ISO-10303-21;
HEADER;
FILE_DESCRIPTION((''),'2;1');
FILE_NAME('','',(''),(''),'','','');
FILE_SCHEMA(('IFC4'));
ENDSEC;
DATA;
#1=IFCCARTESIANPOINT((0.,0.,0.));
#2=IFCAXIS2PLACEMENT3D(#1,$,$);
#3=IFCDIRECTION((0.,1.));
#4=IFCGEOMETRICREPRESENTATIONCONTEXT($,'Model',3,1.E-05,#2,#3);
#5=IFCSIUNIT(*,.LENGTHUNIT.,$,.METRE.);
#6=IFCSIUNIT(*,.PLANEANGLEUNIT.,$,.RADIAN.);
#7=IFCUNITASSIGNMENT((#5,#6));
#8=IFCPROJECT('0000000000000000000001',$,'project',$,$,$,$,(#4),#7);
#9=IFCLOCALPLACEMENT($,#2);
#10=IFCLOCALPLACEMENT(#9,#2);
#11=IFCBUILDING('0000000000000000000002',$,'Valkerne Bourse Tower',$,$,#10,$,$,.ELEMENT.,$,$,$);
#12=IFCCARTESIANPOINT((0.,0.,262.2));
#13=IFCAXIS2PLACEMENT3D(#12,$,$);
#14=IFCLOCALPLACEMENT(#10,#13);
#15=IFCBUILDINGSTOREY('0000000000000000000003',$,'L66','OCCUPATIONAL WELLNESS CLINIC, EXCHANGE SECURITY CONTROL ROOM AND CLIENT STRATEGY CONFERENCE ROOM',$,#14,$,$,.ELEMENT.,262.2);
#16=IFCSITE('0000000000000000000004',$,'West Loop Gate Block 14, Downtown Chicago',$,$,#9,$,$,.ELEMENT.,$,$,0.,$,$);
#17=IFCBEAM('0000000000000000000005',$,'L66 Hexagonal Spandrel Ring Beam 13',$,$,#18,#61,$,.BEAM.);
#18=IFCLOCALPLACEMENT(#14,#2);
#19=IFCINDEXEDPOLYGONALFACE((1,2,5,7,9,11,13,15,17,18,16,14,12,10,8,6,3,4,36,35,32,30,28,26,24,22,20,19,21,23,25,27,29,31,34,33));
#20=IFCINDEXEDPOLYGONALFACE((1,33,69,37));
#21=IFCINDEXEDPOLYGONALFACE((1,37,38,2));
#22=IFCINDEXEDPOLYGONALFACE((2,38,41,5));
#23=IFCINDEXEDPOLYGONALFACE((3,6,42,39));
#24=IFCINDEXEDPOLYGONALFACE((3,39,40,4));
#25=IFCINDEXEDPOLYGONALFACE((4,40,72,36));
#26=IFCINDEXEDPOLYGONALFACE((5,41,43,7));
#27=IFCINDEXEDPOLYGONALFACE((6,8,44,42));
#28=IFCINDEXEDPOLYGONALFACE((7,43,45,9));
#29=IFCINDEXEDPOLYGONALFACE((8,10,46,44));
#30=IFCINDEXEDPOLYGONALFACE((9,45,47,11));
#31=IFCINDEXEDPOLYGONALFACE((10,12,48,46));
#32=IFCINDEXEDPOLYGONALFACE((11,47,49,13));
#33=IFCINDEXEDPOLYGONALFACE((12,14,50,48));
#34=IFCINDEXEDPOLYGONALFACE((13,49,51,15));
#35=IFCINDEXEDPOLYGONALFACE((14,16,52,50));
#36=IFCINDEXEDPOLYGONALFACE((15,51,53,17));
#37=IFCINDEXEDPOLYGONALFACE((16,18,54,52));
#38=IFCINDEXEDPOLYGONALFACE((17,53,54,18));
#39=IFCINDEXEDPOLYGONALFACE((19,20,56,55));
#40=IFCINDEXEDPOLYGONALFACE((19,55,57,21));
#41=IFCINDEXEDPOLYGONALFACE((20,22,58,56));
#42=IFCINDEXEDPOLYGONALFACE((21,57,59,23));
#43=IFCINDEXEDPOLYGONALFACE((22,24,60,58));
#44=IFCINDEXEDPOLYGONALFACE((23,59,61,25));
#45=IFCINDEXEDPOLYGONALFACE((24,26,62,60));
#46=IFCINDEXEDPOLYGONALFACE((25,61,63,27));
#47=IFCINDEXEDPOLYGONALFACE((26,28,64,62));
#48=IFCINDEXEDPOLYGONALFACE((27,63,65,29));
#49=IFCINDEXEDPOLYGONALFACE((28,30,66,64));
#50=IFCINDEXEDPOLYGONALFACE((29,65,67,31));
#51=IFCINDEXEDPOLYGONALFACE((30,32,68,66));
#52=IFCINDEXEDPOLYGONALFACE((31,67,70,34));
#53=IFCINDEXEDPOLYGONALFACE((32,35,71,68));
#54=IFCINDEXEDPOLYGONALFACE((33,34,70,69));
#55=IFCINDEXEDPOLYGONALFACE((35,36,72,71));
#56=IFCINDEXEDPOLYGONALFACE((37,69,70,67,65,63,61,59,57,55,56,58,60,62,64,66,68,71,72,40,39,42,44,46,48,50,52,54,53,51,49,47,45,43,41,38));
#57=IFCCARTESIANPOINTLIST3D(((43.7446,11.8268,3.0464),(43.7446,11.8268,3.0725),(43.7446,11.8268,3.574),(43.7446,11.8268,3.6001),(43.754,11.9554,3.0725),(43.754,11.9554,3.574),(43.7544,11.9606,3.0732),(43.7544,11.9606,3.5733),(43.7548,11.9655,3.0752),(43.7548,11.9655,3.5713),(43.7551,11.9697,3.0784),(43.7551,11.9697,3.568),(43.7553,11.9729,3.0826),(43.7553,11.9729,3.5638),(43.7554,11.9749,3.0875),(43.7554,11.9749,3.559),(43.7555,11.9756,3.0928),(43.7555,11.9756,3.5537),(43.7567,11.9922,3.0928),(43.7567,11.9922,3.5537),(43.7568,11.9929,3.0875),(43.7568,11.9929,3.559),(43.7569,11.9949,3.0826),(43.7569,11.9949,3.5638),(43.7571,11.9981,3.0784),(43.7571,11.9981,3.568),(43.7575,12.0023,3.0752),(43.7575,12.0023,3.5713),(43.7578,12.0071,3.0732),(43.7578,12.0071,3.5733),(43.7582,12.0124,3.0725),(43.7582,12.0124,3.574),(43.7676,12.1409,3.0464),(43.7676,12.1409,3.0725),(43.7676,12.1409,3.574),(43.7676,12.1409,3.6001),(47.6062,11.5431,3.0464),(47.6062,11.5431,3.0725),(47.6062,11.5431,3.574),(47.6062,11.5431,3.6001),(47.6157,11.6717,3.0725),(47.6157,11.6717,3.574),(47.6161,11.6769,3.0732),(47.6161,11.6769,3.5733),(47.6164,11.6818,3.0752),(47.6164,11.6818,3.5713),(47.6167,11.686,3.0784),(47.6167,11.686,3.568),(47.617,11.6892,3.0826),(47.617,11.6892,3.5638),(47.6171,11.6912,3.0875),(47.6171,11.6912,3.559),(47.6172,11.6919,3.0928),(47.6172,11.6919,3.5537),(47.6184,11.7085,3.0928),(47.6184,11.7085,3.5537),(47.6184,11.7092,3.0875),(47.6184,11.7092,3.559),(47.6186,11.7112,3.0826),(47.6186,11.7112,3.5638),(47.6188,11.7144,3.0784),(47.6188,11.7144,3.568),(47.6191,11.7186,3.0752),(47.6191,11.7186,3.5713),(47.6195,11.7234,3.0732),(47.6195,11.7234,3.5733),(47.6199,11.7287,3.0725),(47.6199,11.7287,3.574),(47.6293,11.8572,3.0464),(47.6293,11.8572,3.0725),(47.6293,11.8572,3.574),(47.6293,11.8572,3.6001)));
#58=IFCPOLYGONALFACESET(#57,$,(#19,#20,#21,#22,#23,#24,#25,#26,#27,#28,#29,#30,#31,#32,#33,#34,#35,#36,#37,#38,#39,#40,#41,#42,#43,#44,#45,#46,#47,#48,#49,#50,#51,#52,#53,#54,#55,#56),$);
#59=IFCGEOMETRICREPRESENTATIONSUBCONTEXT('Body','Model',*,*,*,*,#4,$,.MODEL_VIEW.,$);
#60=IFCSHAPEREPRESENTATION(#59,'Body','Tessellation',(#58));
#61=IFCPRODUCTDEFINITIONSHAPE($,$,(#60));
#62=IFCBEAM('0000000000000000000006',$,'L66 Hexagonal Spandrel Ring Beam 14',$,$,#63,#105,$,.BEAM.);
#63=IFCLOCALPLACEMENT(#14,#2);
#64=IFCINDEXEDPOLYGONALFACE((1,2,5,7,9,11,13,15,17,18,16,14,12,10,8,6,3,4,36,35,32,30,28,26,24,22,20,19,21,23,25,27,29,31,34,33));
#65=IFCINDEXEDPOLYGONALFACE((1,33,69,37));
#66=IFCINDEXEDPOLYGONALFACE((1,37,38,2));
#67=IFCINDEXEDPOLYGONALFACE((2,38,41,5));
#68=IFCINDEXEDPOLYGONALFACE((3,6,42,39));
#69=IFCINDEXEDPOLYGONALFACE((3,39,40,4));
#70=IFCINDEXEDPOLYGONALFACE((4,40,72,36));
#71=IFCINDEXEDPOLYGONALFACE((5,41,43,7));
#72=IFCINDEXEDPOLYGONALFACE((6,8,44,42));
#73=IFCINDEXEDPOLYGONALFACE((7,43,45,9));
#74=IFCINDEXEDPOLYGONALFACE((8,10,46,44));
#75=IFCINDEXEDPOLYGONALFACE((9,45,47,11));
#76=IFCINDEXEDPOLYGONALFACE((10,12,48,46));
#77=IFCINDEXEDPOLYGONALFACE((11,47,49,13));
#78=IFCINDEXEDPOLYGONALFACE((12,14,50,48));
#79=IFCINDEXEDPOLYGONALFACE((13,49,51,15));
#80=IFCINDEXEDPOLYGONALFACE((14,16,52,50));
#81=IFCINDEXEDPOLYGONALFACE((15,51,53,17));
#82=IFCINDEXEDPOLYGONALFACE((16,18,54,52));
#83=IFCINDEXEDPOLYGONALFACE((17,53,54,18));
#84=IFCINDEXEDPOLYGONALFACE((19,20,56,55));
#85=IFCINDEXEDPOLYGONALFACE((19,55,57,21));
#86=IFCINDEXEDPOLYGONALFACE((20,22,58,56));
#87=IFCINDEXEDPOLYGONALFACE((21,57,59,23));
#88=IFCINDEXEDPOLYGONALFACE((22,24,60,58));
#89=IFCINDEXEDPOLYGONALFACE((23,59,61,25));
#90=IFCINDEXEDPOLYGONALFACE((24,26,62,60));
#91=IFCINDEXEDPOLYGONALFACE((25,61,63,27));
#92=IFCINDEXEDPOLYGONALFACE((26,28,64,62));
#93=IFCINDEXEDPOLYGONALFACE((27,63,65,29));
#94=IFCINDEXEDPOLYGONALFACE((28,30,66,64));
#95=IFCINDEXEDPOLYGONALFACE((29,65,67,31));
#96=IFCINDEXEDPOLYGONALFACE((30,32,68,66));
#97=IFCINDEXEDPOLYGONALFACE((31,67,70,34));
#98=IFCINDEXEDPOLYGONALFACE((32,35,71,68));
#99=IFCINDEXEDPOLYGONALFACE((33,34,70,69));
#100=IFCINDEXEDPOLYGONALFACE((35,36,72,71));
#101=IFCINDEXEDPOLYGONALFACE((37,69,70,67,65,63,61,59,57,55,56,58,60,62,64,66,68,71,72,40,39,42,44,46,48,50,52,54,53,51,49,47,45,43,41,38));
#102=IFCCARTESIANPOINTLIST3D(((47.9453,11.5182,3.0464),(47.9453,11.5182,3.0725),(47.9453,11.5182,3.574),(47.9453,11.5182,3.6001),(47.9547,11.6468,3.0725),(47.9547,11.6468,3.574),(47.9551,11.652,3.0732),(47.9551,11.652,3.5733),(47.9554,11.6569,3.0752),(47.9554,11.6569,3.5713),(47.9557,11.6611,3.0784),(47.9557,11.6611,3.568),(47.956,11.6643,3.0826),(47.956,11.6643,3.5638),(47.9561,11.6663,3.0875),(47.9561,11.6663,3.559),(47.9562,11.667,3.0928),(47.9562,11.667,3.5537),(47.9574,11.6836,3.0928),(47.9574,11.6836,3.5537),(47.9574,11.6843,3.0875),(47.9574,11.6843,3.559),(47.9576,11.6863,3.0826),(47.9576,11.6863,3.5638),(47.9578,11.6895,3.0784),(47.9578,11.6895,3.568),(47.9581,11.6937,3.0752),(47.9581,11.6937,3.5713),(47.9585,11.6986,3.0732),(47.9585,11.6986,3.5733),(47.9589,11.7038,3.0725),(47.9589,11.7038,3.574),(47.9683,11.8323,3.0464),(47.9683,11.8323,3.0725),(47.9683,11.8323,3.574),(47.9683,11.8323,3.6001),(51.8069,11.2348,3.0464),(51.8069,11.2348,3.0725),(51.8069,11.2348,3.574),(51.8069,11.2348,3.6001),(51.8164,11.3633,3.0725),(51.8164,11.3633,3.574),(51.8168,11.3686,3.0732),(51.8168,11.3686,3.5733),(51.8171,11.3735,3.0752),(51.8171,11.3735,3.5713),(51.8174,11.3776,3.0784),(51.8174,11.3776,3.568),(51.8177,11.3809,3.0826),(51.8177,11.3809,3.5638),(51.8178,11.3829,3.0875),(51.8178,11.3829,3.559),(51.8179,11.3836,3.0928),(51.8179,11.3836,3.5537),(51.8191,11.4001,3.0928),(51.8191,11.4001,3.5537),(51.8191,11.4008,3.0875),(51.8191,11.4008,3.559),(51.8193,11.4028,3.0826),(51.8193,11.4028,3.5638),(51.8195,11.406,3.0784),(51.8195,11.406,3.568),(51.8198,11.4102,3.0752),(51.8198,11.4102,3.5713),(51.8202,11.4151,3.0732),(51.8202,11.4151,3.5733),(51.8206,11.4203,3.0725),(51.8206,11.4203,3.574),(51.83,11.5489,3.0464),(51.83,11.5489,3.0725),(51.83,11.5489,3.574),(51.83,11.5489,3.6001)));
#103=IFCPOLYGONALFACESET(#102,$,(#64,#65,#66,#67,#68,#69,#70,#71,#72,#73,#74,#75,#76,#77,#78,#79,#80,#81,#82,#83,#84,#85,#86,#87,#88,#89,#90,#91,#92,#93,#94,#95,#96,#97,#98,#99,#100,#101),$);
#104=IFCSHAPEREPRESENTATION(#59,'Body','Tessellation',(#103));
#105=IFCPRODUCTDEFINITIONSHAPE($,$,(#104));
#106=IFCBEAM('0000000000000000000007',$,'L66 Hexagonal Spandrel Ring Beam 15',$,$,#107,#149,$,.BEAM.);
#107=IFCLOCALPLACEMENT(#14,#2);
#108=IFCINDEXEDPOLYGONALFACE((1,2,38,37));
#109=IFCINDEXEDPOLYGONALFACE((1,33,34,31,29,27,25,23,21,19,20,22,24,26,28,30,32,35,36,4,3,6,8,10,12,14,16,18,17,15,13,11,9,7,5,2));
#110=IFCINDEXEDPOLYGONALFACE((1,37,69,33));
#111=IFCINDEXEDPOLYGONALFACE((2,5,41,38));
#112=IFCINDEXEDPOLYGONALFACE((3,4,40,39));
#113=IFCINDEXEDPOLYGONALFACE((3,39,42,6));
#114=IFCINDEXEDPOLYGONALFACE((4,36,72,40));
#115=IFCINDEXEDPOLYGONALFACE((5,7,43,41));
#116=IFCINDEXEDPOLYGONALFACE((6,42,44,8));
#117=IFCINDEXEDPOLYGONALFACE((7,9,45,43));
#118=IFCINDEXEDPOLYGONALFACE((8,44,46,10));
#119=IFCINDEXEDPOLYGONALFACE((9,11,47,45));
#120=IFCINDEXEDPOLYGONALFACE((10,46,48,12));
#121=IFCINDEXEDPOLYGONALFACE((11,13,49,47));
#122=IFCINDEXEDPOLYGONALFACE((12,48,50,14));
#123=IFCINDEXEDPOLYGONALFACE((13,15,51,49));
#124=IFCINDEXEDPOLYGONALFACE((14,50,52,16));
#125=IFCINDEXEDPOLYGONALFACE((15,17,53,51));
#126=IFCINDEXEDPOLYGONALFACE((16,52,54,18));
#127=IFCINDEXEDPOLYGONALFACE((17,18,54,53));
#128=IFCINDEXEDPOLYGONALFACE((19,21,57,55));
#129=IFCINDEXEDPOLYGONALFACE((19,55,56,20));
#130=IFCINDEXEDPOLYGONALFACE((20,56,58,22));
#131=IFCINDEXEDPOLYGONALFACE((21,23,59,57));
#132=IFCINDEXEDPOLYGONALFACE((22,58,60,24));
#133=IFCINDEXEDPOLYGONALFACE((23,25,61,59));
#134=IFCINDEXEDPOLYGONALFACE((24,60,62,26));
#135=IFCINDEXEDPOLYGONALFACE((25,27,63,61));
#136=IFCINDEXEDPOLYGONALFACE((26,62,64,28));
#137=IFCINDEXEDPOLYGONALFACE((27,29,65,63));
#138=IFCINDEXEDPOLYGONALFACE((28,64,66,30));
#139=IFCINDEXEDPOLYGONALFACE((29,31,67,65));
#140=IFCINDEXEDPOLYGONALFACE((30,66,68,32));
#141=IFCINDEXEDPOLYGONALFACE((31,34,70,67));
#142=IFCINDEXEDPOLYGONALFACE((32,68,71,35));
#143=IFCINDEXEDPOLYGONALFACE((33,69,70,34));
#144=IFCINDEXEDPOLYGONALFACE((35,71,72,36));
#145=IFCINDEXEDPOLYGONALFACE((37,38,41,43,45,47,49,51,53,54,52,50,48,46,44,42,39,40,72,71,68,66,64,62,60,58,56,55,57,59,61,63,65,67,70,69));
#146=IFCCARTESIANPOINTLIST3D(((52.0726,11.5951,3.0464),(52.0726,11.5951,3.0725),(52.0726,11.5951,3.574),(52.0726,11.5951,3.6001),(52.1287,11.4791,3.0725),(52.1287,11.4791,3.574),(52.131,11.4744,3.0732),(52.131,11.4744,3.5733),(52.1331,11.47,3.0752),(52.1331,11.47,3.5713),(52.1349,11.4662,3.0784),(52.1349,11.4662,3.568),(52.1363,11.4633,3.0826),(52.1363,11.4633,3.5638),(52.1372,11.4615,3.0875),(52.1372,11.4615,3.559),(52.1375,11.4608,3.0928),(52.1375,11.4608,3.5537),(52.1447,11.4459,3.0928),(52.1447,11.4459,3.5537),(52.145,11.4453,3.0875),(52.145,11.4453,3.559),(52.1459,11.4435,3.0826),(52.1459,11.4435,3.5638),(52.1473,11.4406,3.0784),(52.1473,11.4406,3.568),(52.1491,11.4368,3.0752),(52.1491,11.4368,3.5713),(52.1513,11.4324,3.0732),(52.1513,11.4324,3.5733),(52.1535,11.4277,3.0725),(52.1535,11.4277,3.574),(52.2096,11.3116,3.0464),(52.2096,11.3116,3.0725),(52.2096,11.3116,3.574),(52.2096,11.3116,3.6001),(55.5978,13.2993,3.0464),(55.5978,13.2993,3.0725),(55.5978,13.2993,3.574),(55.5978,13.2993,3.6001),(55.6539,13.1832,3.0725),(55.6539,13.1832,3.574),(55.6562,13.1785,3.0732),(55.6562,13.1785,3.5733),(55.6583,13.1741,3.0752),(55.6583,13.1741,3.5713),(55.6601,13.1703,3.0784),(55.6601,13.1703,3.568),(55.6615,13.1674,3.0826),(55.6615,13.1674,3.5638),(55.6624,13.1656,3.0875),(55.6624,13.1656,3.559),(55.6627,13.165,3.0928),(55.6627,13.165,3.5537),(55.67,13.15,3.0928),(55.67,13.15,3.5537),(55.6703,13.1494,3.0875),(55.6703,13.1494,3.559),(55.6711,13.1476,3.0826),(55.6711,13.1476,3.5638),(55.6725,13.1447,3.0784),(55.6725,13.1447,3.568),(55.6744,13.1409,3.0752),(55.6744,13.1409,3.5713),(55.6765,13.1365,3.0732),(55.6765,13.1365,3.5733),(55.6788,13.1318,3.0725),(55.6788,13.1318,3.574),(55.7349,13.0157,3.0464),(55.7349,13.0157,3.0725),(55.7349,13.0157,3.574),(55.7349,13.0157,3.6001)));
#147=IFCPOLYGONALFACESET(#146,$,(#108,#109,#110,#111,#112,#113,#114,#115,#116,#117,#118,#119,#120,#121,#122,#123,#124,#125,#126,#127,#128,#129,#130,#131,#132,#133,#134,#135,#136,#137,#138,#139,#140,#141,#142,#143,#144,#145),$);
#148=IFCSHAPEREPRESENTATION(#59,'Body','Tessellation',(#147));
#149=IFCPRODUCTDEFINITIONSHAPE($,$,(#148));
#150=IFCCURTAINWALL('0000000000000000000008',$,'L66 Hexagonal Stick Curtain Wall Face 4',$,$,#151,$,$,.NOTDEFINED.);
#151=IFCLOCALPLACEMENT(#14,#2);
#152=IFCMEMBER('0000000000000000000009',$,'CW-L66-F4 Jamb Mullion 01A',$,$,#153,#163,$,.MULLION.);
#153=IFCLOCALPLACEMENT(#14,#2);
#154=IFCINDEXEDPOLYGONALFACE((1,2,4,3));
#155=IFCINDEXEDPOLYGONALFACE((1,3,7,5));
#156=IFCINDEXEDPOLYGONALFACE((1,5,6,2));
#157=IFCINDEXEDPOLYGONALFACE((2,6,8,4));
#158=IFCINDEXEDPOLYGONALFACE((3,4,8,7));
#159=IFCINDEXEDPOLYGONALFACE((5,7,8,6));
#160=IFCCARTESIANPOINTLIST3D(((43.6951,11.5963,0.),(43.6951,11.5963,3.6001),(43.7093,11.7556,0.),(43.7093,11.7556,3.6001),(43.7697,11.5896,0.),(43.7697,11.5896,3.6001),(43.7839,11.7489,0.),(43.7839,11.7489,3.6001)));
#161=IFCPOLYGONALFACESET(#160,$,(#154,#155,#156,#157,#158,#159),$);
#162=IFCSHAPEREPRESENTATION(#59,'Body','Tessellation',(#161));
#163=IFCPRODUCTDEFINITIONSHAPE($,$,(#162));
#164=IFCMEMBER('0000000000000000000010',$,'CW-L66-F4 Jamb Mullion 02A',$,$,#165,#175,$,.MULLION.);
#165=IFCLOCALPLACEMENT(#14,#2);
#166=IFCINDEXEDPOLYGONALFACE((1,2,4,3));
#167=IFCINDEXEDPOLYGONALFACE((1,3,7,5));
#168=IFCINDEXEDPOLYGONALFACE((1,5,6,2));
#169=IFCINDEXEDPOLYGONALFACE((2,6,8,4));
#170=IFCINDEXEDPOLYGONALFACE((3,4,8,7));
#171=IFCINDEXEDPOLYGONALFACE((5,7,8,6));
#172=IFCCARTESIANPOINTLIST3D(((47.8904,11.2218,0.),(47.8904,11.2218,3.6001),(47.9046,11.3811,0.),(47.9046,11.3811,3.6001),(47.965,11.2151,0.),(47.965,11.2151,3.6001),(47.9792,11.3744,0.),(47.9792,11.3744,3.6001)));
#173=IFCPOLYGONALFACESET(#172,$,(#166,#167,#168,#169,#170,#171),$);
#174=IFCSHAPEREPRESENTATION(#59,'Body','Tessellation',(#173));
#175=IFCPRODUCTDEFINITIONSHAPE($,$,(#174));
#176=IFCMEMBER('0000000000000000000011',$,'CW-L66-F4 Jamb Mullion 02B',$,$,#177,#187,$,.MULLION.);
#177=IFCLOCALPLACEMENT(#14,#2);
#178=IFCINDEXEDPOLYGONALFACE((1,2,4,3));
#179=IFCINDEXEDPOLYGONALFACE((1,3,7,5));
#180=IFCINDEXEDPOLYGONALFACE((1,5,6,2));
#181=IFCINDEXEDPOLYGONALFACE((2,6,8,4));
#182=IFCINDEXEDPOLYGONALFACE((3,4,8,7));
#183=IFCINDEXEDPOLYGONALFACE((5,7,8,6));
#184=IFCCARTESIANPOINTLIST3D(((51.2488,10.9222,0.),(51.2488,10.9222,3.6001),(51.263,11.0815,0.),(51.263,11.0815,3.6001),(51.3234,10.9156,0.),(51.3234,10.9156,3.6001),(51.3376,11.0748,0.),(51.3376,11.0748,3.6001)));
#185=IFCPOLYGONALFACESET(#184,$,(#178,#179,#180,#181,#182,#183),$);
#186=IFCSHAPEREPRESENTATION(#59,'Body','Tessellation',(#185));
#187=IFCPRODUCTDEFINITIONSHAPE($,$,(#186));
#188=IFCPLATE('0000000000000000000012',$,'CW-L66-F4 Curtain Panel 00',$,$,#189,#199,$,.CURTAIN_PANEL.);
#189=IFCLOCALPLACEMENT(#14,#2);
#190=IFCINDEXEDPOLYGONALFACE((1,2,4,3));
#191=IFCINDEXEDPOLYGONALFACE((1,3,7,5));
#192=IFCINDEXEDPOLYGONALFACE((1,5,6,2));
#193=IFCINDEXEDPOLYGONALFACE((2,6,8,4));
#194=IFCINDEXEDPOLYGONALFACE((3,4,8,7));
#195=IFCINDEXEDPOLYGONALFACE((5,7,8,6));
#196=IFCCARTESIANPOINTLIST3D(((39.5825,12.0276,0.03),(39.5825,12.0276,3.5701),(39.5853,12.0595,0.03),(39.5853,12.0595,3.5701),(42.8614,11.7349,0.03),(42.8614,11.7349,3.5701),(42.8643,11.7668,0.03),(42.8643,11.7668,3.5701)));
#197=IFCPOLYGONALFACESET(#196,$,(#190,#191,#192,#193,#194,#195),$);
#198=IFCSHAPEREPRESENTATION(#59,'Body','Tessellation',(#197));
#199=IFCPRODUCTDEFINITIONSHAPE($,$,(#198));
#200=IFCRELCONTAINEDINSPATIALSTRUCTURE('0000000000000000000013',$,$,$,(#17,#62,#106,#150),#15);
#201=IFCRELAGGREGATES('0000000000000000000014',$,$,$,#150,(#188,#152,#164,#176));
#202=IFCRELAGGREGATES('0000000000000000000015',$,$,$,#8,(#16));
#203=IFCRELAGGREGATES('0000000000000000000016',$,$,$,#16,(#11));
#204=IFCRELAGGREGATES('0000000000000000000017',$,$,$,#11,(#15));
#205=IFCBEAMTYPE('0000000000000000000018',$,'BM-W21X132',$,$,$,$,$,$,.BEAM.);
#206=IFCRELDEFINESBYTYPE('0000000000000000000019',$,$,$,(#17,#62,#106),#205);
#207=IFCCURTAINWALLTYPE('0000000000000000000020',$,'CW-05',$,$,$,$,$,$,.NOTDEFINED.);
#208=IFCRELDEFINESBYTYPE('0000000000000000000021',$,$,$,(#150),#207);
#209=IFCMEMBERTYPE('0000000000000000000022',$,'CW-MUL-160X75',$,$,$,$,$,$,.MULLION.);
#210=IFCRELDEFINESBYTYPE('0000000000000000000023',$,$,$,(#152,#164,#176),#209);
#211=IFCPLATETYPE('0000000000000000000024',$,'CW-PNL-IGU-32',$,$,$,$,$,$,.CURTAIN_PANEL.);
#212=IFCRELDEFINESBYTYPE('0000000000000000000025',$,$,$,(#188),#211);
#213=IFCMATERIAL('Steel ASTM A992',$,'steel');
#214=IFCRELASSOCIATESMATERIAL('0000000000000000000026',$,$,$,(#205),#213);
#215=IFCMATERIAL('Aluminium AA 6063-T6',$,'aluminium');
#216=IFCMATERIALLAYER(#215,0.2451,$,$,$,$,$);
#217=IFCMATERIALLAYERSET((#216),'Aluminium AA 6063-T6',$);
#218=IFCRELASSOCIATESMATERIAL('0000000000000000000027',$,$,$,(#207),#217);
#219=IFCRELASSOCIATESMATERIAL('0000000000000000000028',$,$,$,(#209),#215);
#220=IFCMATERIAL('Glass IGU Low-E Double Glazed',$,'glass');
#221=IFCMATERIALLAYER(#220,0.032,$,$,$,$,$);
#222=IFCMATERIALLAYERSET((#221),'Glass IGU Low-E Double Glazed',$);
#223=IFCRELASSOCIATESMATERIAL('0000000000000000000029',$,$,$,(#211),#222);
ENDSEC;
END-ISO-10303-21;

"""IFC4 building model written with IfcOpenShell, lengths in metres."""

from ifc_helpers import new_model, si_unit, direction, frame, origin, origin_2d, place, context, subcontext, project, spatial, rectangle, i_section, extrude, material, layer, layer_set, material_profile, profile_set, type_object, element, aggregate, save


model = new_model("IFC4")

# Units and contexts
model_context = context("Model", 3, precision=1e-05, world=origin(), true_north=direction((0.0, 1.0)))
body_context = subcontext(model_context, "Body", "Model", "MODEL_VIEW")
ifc_project = project(units=[si_unit("LENGTHUNIT", "METRE"), si_unit("PLANEANGLEUNIT", "RADIAN")], contexts=[model_context])

# Site, building, storey
site_placement = place(None, origin())
site = spatial("IfcSite", under=ifc_project, at=site_placement, Name="West Loop Gate Block 14, Downtown Chicago", CompositionType="ELEMENT", RefElevation=0.0)
building_placement = place(site_placement, origin())
building = spatial("IfcBuilding", under=site, at=building_placement, Name="Valkerne Bourse Tower", CompositionType="ELEMENT")
storey_placement = place(building_placement, frame((0.0, 0.0, 262.2)))
storey = spatial("IfcBuildingStorey", under=building, at=storey_placement, Name="L66", Description="OCCUPATIONAL WELLNESS CLINIC, EXCHANGE SECURITY CONTROL ROOM AND CLIENT STRATEGY CONFERENCE ROOM", CompositionType="ELEMENT", Elevation=262.2)

# Beams
ifc_material_1 = material(Name="Steel ASTM A992", Category="steel")
ifc_material_profile_1 = material_profile(ifc_material_1, i_section(OverallWidth=0.3149, OverallDepth=0.5537, WebThickness=0.0166, FlangeThickness=0.0261, FilletRadius=0.0203, at=origin_2d()), Name="W21X132")
ifc_profile_set_1 = profile_set([ifc_material_profile_1], Name="Steel ASTM A992")
beam_type_1 = type_object("IfcBeamType", Name="BM-W21X132", PredefinedType="BEAM", material=ifc_profile_set_1)
for number, where, z_axis, x_axis, name in (
    (1, (43.7561, 11.9839, 3.3232), (0.997312, -0.073268, 0.0), (0.073268, 0.997312, 0.0), "L66 Hexagonal Spandrel Ring Beam 13"),
    (2, (47.9568, 11.6753, 3.3232), (0.997317, -0.073205, 0.0), (0.073205, 0.997317, 0.0), "L66 Hexagonal Spandrel Ring Beam 14"),
):
    element("IfcBeam", number, at=place(storey_placement, frame(where, z_axis=z_axis, x_axis=x_axis)), inside=storey, type_object=beam_type_1, Name=name, PredefinedType="BEAM", context=body_context, shape_type="SweptSolid", body=[
        extrude(i_section(OverallWidth=0.3149, OverallDepth=0.5537, WebThickness=0.0166, FlangeThickness=0.0261, FilletRadius=0.0203, at=origin_2d()), origin(), (0.0, 0.0, 1.0), 3.8721),
    ])
beam_1_placement = place(storey_placement, frame((52.1411, 11.4534, 3.3232), z_axis=(0.900321, 0.435227, 0.0), x_axis=(-0.435227, 0.900321, 0.0)))
element("IfcBeam", 3, at=beam_1_placement, inside=storey, type_object=beam_type_1, Name="L66 Hexagonal Spandrel Ring Beam 15", PredefinedType="BEAM", context=body_context, shape_type="SweptSolid", body=[
    extrude(i_section(OverallWidth=0.3149, OverallDepth=0.5537, WebThickness=0.0166, FlangeThickness=0.0261, FilletRadius=0.0203, at=origin_2d()), origin(), (0.0, 0.0, 1.0), 3.9155),
])

# Curtain wall, members, plate
ifc_material_2 = material(Name="Aluminium AA 6063-T6", Category="aluminium")
ifc_layer_1 = layer(ifc_material_2, 0.2451)
ifc_layer_set_1 = layer_set([ifc_layer_1], Name="Aluminium AA 6063-T6")
curtain_wall_type = type_object("IfcCurtainWallType", Name="CW-05", PredefinedType="NOTDEFINED", material=ifc_layer_set_1)
curtain_wall_placement = place(storey_placement, origin())
curtain_wall = element("IfcCurtainWall", 4, at=curtain_wall_placement, inside=storey, type_object=curtain_wall_type, Name="L66 Hexagonal Stick Curtain Wall Face 4", PredefinedType="NOTDEFINED")
ifc_material_profile_2 = material_profile(ifc_material_2, rectangle(XDim=0.075, YDim=0.1599, at=origin_2d()), Name="CWM-75X160")
ifc_profile_set_2 = profile_set([ifc_material_profile_2], Name="Aluminium AA 6063-T6")
member_type = type_object("IfcMemberType", Name="CW-MUL-160X75", PredefinedType="MULLION", material=ifc_profile_set_2)
member_1_placement = place(storey_placement, frame((43.7395, 11.6726, 0.0), z_axis=(0.0, 0.0, 1.0), x_axis=(0.996041, -0.088889, 0.0)))
member_1 = element("IfcMember", 5, at=member_1_placement, type_object=member_type, Name="CW-L66-F4 Jamb Mullion 01A", PredefinedType="MULLION", context=body_context, shape_type="SweptSolid", body=[
    extrude(rectangle(XDim=0.075, YDim=0.1599, at=origin_2d()), origin(), (0.0, 0.0, 1.0), 3.6001),
])
member_2_placement = place(storey_placement, frame((47.9348, 11.2981, 0.0), z_axis=(0.0, 0.0, 1.0), x_axis=(0.996041, -0.088889, 0.0)))
member_2 = element("IfcMember", 6, at=member_2_placement, type_object=member_type, Name="CW-L66-F4 Jamb Mullion 02A", PredefinedType="MULLION", context=body_context, shape_type="SweptSolid", body=[
    extrude(rectangle(XDim=0.075, YDim=0.1599, at=origin_2d()), origin(), (0.0, 0.0, 1.0), 3.6001),
])
member_3_placement = place(storey_placement, frame((51.2932, 10.9985, 0.0), z_axis=(0.0, 0.0, 1.0), x_axis=(0.996041, -0.088889, 0.0)))
member_3 = element("IfcMember", 7, at=member_3_placement, type_object=member_type, Name="CW-L66-F4 Jamb Mullion 02B", PredefinedType="MULLION", context=body_context, shape_type="SweptSolid", body=[
    extrude(rectangle(XDim=0.075, YDim=0.1599, at=origin_2d()), origin(), (0.0, 0.0, 1.0), 3.6001),
])
ifc_material_3 = material(Name="Glass IGU Low-E Double Glazed", Category="glass")
ifc_layer_2 = layer(ifc_material_3, 0.032)
ifc_layer_set_2 = layer_set([ifc_layer_2], Name="Glass IGU Low-E Double Glazed")
plate_type = type_object("IfcPlateType", Name="CW-PNL-IGU-32", PredefinedType="CURTAIN_PANEL", material=ifc_layer_set_2)
plate_1_placement = place(storey_placement, frame((41.2234, 11.8972, 0.03), z_axis=(0.0, 0.0, 1.0), x_axis=(0.99604, -0.088911, 0.0)))
plate_1 = element("IfcPlate", 8, at=plate_1_placement, type_object=plate_type, Name="CW-L66-F4 Curtain Panel 00", PredefinedType="CURTAIN_PANEL", context=body_context, shape_type="SweptSolid", body=[
    extrude(rectangle(XDim=3.292, YDim=0.032, at=origin_2d()), origin(), (0.0, 0.0, 1.0), 3.54),
])
aggregate(curtain_wall, [plate_1, member_1, member_2, member_3])

save(model, "model.ifc")
